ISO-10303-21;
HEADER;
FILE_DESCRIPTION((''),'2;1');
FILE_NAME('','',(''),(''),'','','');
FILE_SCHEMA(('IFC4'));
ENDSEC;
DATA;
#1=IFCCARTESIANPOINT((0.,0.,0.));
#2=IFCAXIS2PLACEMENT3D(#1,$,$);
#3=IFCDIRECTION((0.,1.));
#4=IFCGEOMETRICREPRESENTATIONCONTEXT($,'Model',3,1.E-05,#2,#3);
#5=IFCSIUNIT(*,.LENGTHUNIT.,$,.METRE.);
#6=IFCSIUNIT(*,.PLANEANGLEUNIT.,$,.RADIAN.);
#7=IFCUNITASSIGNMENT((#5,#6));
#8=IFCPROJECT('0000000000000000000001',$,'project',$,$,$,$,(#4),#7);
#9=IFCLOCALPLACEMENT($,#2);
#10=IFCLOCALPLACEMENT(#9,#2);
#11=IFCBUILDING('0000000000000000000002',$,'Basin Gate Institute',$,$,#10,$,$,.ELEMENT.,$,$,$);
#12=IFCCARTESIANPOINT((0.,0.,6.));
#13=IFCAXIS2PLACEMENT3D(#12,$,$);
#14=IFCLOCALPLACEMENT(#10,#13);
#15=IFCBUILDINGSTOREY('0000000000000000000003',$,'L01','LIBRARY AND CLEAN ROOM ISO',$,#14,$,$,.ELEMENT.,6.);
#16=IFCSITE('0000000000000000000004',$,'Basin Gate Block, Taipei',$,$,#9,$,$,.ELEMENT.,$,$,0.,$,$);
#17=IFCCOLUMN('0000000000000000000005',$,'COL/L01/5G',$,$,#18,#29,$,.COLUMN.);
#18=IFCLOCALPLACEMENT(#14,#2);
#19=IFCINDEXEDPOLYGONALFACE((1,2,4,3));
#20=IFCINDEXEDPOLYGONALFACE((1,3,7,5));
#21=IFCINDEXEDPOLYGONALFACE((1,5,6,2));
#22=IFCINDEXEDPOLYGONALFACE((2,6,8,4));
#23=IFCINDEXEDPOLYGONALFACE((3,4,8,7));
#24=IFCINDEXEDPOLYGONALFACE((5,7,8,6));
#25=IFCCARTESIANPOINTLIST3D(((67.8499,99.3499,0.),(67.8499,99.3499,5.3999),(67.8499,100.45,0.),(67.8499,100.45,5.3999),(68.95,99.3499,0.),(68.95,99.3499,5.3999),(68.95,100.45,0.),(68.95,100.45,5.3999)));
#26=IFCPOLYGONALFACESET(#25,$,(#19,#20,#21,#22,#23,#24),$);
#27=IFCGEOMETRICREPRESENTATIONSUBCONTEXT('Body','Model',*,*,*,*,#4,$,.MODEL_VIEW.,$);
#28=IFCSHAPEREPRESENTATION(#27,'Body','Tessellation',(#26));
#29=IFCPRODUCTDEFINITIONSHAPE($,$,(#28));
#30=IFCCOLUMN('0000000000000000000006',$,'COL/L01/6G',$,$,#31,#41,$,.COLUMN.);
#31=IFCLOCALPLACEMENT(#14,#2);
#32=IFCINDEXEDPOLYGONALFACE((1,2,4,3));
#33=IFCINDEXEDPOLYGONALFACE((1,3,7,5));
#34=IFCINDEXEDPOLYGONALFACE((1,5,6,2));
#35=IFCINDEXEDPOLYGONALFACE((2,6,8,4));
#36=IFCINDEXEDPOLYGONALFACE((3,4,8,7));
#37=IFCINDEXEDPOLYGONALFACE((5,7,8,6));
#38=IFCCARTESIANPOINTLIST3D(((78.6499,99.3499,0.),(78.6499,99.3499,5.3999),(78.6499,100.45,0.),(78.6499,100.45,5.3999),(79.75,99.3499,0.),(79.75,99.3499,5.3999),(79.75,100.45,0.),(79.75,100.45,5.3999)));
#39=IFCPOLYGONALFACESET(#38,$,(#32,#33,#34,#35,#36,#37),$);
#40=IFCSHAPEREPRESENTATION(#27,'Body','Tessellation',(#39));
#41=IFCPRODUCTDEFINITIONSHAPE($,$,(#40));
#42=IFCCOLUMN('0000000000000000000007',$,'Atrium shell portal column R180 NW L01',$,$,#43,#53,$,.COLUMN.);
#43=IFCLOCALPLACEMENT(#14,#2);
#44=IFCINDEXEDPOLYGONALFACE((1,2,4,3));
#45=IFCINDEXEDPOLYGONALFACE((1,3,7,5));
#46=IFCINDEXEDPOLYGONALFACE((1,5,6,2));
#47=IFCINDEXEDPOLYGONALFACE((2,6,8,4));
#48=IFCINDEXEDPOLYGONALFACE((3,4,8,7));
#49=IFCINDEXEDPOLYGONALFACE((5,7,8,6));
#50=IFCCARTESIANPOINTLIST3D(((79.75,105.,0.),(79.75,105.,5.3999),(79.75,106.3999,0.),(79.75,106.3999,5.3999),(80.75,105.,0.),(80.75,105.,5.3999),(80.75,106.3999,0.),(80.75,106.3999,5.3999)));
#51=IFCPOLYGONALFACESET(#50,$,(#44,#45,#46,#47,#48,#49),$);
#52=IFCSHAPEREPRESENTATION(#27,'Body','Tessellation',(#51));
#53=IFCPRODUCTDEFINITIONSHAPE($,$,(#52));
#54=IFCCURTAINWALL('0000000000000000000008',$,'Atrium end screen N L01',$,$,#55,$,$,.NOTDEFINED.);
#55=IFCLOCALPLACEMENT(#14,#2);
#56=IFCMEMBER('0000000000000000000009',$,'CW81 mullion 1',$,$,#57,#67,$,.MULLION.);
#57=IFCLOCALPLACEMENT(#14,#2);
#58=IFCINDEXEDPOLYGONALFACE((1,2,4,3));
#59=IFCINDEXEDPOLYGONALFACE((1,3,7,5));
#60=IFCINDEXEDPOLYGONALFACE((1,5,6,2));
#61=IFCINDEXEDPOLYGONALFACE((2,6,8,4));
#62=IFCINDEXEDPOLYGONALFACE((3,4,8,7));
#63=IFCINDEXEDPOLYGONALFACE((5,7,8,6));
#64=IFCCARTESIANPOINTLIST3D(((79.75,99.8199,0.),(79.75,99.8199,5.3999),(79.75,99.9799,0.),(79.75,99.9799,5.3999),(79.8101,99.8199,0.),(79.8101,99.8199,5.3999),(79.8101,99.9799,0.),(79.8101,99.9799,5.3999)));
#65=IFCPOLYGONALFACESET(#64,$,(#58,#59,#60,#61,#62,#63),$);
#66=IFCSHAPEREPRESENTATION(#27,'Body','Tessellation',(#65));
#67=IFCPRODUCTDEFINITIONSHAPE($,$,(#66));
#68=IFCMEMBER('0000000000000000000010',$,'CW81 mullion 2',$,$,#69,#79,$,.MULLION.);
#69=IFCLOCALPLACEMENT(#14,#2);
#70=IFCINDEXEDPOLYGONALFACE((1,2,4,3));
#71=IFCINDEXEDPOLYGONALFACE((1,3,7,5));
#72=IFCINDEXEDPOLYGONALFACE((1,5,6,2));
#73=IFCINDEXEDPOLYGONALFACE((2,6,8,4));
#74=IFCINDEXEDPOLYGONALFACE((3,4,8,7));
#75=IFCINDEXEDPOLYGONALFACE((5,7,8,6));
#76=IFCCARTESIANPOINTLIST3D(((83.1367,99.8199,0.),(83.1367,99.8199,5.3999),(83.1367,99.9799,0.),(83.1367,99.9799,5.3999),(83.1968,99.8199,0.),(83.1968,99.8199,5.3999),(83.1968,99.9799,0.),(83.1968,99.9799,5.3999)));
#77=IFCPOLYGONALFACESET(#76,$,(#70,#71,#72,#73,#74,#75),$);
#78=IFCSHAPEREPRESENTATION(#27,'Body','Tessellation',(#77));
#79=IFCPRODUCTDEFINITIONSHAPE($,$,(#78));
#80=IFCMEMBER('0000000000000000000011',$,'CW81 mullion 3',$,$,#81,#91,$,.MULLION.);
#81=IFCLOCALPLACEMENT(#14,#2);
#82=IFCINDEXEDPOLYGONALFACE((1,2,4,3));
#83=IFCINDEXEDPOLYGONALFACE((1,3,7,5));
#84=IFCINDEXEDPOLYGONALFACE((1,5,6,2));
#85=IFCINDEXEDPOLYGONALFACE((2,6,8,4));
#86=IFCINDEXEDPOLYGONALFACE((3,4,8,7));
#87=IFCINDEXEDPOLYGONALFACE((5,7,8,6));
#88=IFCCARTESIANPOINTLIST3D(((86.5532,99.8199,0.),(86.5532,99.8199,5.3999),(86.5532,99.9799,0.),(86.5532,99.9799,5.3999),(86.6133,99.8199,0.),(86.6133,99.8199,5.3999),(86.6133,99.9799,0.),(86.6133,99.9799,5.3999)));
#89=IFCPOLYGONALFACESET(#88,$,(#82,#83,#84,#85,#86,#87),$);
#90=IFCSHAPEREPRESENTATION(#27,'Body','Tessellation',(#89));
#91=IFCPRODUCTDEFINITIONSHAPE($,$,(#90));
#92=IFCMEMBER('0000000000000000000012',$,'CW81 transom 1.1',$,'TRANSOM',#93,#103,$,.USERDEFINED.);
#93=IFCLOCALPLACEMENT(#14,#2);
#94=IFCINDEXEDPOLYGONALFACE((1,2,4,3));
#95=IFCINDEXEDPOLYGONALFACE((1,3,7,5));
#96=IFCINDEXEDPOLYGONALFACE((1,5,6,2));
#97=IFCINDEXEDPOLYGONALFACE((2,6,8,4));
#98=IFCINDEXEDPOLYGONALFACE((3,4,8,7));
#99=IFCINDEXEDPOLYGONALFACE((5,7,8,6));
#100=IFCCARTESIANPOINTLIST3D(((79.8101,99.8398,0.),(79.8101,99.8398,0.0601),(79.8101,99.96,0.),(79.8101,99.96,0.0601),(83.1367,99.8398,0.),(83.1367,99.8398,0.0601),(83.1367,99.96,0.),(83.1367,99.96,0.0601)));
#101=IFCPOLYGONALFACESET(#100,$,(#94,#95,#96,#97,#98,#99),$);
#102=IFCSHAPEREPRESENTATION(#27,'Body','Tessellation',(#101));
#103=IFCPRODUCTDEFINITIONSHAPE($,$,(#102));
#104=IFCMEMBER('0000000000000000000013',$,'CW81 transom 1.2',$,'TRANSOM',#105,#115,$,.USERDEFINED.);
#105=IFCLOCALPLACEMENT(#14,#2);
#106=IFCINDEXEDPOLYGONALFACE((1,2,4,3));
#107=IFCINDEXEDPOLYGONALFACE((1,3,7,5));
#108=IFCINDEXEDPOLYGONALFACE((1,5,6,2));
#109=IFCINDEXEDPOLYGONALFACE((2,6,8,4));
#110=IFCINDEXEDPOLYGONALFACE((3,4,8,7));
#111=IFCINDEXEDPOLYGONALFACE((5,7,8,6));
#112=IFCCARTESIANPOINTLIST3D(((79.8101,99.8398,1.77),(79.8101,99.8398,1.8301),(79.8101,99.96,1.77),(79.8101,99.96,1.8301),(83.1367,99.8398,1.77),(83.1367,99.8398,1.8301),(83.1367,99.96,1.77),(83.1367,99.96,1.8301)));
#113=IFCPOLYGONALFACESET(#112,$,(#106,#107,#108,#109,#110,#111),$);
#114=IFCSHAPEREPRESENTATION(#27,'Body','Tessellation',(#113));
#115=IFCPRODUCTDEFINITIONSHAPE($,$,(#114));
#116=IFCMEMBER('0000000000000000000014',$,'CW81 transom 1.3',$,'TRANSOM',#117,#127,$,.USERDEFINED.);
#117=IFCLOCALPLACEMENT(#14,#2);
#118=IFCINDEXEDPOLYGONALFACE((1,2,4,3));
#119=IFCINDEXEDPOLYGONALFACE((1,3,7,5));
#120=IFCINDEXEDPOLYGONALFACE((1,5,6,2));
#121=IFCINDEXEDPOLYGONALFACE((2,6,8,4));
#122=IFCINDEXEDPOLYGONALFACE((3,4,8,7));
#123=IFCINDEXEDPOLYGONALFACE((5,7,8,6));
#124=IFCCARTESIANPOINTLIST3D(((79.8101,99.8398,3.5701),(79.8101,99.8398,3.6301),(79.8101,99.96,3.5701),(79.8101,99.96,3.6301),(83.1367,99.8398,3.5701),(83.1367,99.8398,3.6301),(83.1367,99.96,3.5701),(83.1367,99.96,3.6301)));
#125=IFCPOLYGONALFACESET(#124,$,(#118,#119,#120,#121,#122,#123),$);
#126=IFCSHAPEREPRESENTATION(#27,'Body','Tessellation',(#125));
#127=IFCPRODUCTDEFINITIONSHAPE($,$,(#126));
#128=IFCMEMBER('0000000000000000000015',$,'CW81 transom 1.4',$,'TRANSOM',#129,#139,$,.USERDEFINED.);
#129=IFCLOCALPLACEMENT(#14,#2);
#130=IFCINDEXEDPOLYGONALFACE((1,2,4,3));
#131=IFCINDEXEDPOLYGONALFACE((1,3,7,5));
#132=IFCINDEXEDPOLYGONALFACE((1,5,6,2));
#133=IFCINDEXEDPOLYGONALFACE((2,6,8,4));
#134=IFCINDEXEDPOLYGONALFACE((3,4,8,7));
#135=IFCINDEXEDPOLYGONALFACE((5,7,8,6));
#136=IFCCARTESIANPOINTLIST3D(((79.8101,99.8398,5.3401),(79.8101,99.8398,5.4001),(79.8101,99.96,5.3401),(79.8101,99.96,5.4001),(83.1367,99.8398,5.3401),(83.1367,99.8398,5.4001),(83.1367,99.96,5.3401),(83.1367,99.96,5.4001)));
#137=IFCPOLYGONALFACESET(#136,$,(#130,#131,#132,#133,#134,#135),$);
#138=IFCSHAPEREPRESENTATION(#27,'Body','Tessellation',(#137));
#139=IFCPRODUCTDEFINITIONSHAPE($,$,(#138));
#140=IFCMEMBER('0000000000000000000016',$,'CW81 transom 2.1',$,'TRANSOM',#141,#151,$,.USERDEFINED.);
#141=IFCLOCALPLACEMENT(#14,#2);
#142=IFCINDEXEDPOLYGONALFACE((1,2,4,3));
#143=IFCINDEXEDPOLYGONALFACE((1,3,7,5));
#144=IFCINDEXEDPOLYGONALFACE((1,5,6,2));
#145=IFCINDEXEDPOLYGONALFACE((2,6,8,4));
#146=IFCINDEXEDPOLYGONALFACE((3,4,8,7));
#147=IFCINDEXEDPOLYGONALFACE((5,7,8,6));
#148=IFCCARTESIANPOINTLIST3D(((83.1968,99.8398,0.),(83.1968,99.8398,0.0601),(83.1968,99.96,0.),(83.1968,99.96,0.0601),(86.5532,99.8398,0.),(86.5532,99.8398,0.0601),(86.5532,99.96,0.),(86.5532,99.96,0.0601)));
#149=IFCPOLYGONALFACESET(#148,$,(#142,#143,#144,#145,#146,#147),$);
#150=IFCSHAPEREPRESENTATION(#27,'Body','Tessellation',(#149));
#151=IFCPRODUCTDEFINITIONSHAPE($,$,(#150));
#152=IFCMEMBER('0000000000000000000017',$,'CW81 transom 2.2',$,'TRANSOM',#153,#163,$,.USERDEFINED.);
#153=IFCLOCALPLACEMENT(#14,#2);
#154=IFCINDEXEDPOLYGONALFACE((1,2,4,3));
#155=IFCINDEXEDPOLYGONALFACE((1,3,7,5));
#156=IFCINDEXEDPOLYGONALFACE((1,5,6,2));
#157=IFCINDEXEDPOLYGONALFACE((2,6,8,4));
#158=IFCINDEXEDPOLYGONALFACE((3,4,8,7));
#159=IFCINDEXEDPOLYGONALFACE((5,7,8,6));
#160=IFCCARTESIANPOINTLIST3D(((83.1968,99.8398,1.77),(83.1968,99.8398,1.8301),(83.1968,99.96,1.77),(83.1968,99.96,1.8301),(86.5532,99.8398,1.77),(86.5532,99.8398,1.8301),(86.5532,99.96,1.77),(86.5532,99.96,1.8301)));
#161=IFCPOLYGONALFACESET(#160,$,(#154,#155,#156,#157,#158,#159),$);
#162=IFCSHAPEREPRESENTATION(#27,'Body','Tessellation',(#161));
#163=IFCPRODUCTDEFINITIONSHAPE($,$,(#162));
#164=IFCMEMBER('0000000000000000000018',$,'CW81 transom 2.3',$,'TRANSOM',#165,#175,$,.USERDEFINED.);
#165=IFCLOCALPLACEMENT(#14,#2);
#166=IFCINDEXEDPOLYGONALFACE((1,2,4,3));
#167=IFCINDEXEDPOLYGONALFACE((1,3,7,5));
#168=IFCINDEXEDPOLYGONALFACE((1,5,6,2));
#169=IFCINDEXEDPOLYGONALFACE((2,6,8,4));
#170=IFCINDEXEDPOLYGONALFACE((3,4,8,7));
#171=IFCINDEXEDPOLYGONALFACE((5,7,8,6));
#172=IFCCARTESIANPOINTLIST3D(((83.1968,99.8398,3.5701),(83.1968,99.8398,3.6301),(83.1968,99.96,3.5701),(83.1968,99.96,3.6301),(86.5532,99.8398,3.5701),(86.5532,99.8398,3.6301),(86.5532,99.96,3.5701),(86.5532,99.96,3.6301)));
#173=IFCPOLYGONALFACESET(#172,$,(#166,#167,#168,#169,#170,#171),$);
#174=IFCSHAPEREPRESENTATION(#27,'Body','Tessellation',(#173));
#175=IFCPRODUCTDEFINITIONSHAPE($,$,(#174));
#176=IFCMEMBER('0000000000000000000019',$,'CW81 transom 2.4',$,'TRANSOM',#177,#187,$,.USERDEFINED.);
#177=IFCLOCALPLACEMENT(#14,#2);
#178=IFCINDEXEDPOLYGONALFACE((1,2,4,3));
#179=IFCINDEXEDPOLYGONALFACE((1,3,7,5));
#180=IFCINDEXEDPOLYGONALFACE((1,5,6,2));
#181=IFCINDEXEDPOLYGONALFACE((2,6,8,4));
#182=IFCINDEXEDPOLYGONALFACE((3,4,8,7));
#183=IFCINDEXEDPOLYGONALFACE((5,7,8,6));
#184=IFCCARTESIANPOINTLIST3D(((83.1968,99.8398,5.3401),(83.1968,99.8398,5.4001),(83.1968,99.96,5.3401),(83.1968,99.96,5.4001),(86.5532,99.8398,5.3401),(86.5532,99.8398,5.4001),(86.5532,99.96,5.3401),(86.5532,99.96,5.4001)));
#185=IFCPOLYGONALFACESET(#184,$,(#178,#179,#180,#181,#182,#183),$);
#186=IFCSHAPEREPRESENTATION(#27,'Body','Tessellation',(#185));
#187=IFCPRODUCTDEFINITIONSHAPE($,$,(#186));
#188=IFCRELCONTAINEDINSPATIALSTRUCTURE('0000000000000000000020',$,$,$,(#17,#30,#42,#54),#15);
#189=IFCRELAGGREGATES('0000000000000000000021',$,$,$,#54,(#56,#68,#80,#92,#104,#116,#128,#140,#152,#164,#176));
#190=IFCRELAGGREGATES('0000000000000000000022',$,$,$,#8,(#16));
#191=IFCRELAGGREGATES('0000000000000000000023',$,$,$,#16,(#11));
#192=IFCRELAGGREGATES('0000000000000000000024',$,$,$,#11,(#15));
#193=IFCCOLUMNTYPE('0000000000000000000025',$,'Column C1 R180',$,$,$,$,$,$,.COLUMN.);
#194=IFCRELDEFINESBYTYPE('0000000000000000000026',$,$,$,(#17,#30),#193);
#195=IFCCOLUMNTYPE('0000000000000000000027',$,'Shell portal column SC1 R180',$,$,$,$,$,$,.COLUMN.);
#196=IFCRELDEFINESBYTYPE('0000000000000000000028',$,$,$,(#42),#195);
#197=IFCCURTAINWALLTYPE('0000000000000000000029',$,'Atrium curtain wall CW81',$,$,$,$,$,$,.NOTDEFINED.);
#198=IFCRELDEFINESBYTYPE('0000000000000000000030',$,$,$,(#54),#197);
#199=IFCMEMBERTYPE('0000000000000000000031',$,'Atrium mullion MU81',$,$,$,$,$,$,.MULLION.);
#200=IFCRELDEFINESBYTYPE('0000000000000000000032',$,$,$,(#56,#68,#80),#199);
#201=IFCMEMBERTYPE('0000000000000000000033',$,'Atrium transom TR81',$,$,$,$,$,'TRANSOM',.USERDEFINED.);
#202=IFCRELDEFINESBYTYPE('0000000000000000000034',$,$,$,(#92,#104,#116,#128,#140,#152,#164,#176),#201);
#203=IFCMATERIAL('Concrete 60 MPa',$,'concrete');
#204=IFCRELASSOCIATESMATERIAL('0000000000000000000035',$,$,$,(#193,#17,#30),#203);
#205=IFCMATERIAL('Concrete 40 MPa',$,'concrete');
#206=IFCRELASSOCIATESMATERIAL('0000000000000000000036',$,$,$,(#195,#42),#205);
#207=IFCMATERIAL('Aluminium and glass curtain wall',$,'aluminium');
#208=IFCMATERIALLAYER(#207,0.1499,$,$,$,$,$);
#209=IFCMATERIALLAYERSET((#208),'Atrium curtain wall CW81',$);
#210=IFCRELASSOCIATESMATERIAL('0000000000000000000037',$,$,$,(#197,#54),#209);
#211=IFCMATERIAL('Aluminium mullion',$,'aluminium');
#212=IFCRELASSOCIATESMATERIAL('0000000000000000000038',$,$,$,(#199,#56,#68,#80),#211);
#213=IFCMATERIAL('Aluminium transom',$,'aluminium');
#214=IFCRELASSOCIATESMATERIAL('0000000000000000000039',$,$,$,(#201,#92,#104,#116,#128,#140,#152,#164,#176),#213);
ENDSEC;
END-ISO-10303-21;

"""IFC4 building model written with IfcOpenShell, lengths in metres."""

from ifc_helpers import new_model, si_unit, direction, frame, origin, origin_2d, place, context, subcontext, project, spatial, rectangle, extrude, material, layer, layer_set, material_profile, profile_set, type_object, element, aggregate, save


model = new_model("IFC4")

# Units and contexts
model_context = context("Model", 3, precision=1e-05, world=origin(), true_north=direction((0.0, 1.0)))
body_context = subcontext(model_context, "Body", "Model", "MODEL_VIEW")
ifc_project = project(units=[si_unit("LENGTHUNIT", "METRE"), si_unit("PLANEANGLEUNIT", "RADIAN")], contexts=[model_context])

# Site, building, storey
site_placement = place(None, origin())
site = spatial("IfcSite", under=ifc_project, at=site_placement, Name="Basin Gate Block, Taipei", CompositionType="ELEMENT", RefElevation=0.0)
building_placement = place(site_placement, origin())
building = spatial("IfcBuilding", under=site, at=building_placement, Name="Basin Gate Institute", CompositionType="ELEMENT")
storey_placement = place(building_placement, frame((0.0, 0.0, 6.0)))
storey = spatial("IfcBuildingStorey", under=building, at=storey_placement, Name="L01", Description="LIBRARY AND CLEAN ROOM ISO", CompositionType="ELEMENT", Elevation=6.0)

# Columns
ifc_material_1 = material(Name="Concrete 60 MPa", Category="concrete")
ifc_material_profile_1 = material_profile(ifc_material_1, rectangle(XDim=1.1001, YDim=1.1001, at=origin_2d()), Name="Column C1 1100 x 1100")
ifc_profile_set_1 = profile_set([ifc_material_profile_1], Name="Concrete 60 MPa")
column_type_1 = type_object("IfcColumnType", Name="Column C1 R180", PredefinedType="COLUMN", material=ifc_profile_set_1)
for number, where, z_axis, x_axis, name in (
    (1, (68.3999, 99.8999, 0.0), (0.0, 0.0, 1.0), (1.0, 0.0, 0.0), "COL/L01/5G"),
    (2, (79.2, 99.8999, 0.0), (0.0, 0.0, 1.0), (1.0, 0.0, 0.0), "COL/L01/6G"),
):
    element("IfcColumn", number, at=place(storey_placement, frame(where, z_axis=z_axis, x_axis=x_axis)), inside=storey, type_object=column_type_1, material=ifc_profile_set_1, Name=name, PredefinedType="COLUMN", context=body_context, shape_type="SweptSolid", body=[
        extrude(rectangle(XDim=1.1001, YDim=1.1001, at=origin_2d()), origin(), (0.0, 0.0, 1.0), 5.3999),
    ])
ifc_material_2 = material(Name="Concrete 40 MPa", Category="concrete")
ifc_material_profile_2 = material_profile(ifc_material_2, rectangle(XDim=1.0, YDim=1.3999, at=origin_2d()), Name="Shell portal column SC1 1000 x 1400")
ifc_profile_set_2 = profile_set([ifc_material_profile_2], Name="Concrete 40 MPa")
column_type_2 = type_object("IfcColumnType", Name="Shell portal column SC1 R180", PredefinedType="COLUMN", material=ifc_profile_set_2)
column_placement = place(storey_placement, frame((80.25, 105.7, 0.0), z_axis=(0.0, 0.0, 1.0), x_axis=(1.0, 0.0, 0.0)))
element("IfcColumn", 3, at=column_placement, inside=storey, type_object=column_type_2, material=ifc_profile_set_2, Name="Atrium shell portal column R180 NW L01", PredefinedType="COLUMN", context=body_context, shape_type="SweptSolid", body=[
    extrude(rectangle(XDim=1.0, YDim=1.3999, at=origin_2d()), origin(), (0.0, 0.0, 1.0), 5.3999),
])

# Curtain wall, members
ifc_material_3 = material(Name="Aluminium and glass curtain wall", Category="aluminium")
ifc_layer_1 = layer(ifc_material_3, 0.1499)
ifc_layer_set_1 = layer_set([ifc_layer_1], Name="Atrium curtain wall CW81")
curtain_wall_type = type_object("IfcCurtainWallType", Name="Atrium curtain wall CW81", PredefinedType="NOTDEFINED", material=ifc_layer_set_1)
curtain_wall_placement = place(storey_placement, origin())
curtain_wall = element("IfcCurtainWall", 4, at=curtain_wall_placement, inside=storey, type_object=curtain_wall_type, material=ifc_layer_set_1, Name="Atrium end screen N L01", PredefinedType="NOTDEFINED")
ifc_material_4 = material(Name="Aluminium mullion", Category="aluminium")
ifc_material_profile_3 = material_profile(ifc_material_4, rectangle(XDim=0.1599, YDim=0.0601, at=origin_2d()), Name="Atrium mullion MU81 160 x 60")
ifc_profile_set_3 = profile_set([ifc_material_profile_3], Name="Aluminium mullion")
member_type_1 = type_object("IfcMemberType", Name="Atrium mullion MU81", PredefinedType="MULLION", material=ifc_profile_set_3)
member_1_placement = place(storey_placement, frame((79.78, 99.8999, 0.0), z_axis=(0.0, 0.0, 1.0), x_axis=(0.0, 1.0, 0.0)))
member_1 = element("IfcMember", 5, at=member_1_placement, type_object=member_type_1, material=ifc_profile_set_3, Name="CW81 mullion 1", PredefinedType="MULLION", context=body_context, shape_type="SweptSolid", body=[
    extrude(rectangle(XDim=0.1599, YDim=0.0601, at=origin_2d()), origin(), (0.0, 0.0, 1.0), 5.3999),
])
member_2_placement = place(storey_placement, frame((83.1667, 99.8999, 0.0), z_axis=(0.0, 0.0, 1.0), x_axis=(0.0, 1.0, 0.0)))
member_2 = element("IfcMember", 6, at=member_2_placement, type_object=member_type_1, material=ifc_profile_set_3, Name="CW81 mullion 2", PredefinedType="MULLION", context=body_context, shape_type="SweptSolid", body=[
    extrude(rectangle(XDim=0.1599, YDim=0.0601, at=origin_2d()), origin(), (0.0, 0.0, 1.0), 5.3999),
])
member_3_placement = place(storey_placement, frame((86.5833, 99.8999, 0.0), z_axis=(0.0, 0.0, 1.0), x_axis=(0.0, 1.0, 0.0)))
member_3 = element("IfcMember", 7, at=member_3_placement, type_object=member_type_1, material=ifc_profile_set_3, Name="CW81 mullion 3", PredefinedType="MULLION", context=body_context, shape_type="SweptSolid", body=[
    extrude(rectangle(XDim=0.1599, YDim=0.0601, at=origin_2d()), origin(), (0.0, 0.0, 1.0), 5.3999),
])
ifc_material_5 = material(Name="Aluminium transom", Category="aluminium")
ifc_material_profile_4 = material_profile(ifc_material_5, rectangle(XDim=0.1201, YDim=0.0601, at=origin_2d()), Name="Atrium transom TR81 120 x 60")
ifc_profile_set_4 = profile_set([ifc_material_profile_4], Name="Aluminium transom")
member_type_2 = type_object("IfcMemberType", Name="Atrium transom TR81", ElementType="TRANSOM", PredefinedType="USERDEFINED", material=ifc_profile_set_4)
member_4_placement = place(storey_placement, frame((79.8101, 99.8999, 0.03), z_axis=(1.0, 0.0, 0.0), x_axis=(0.0, 1.0, 0.0)))
member_4 = element("IfcMember", 8, at=member_4_placement, type_object=member_type_2, material=ifc_profile_set_4, Name="CW81 transom 1.1", ObjectType="TRANSOM", PredefinedType="USERDEFINED", context=body_context, shape_type="SweptSolid", body=[
    extrude(rectangle(XDim=0.1201, YDim=0.0601, at=origin_2d()), origin(), (0.0, 0.0, 1.0), 3.3267),
])
member_5_placement = place(storey_placement, frame((79.8101, 99.8999, 1.8), z_axis=(1.0, 0.0, 0.0), x_axis=(0.0, 1.0, 0.0)))
member_5 = element("IfcMember", 9, at=member_5_placement, type_object=member_type_2, material=ifc_profile_set_4, Name="CW81 transom 1.2", ObjectType="TRANSOM", PredefinedType="USERDEFINED", context=body_context, shape_type="SweptSolid", body=[
    extrude(rectangle(XDim=0.1201, YDim=0.0601, at=origin_2d()), origin(), (0.0, 0.0, 1.0), 3.3267),
])
member_6_placement = place(storey_placement, frame((79.8101, 99.8999, 3.6001), z_axis=(1.0, 0.0, 0.0), x_axis=(0.0, 1.0, 0.0)))
member_6 = element("IfcMember", 10, at=member_6_placement, type_object=member_type_2, material=ifc_profile_set_4, Name="CW81 transom 1.3", ObjectType="TRANSOM", PredefinedType="USERDEFINED", context=body_context, shape_type="SweptSolid", body=[
    extrude(rectangle(XDim=0.1201, YDim=0.0601, at=origin_2d()), origin(), (0.0, 0.0, 1.0), 3.3267),
])
member_7_placement = place(storey_placement, frame((79.8101, 99.8999, 5.3701), z_axis=(1.0, 0.0, 0.0), x_axis=(0.0, 1.0, 0.0)))
member_7 = element("IfcMember", 11, at=member_7_placement, type_object=member_type_2, material=ifc_profile_set_4, Name="CW81 transom 1.4", ObjectType="TRANSOM", PredefinedType="USERDEFINED", context=body_context, shape_type="SweptSolid", body=[
    extrude(rectangle(XDim=0.1201, YDim=0.0601, at=origin_2d()), origin(), (0.0, 0.0, 1.0), 3.3267),
])
member_8_placement = place(storey_placement, frame((83.1968, 99.8999, 0.03), z_axis=(1.0, 0.0, 0.0), x_axis=(0.0, 1.0, 0.0)))
member_8 = element("IfcMember", 12, at=member_8_placement, type_object=member_type_2, material=ifc_profile_set_4, Name="CW81 transom 2.1", ObjectType="TRANSOM", PredefinedType="USERDEFINED", context=body_context, shape_type="SweptSolid", body=[
    extrude(rectangle(XDim=0.1201, YDim=0.0601, at=origin_2d()), origin(), (0.0, 0.0, 1.0), 3.3564),
])
member_9_placement = place(storey_placement, frame((83.1968, 99.8999, 1.8), z_axis=(1.0, 0.0, 0.0), x_axis=(0.0, 1.0, 0.0)))
member_9 = element("IfcMember", 13, at=member_9_placement, type_object=member_type_2, material=ifc_profile_set_4, Name="CW81 transom 2.2", ObjectType="TRANSOM", PredefinedType="USERDEFINED", context=body_context, shape_type="SweptSolid", body=[
    extrude(rectangle(XDim=0.1201, YDim=0.0601, at=origin_2d()), origin(), (0.0, 0.0, 1.0), 3.3564),
])
member_10_placement = place(storey_placement, frame((83.1968, 99.8999, 3.6001), z_axis=(1.0, 0.0, 0.0), x_axis=(0.0, 1.0, 0.0)))
member_10 = element("IfcMember", 14, at=member_10_placement, type_object=member_type_2, material=ifc_profile_set_4, Name="CW81 transom 2.3", ObjectType="TRANSOM", PredefinedType="USERDEFINED", context=body_context, shape_type="SweptSolid", body=[
    extrude(rectangle(XDim=0.1201, YDim=0.0601, at=origin_2d()), origin(), (0.0, 0.0, 1.0), 3.3564),
])
member_11_placement = place(storey_placement, frame((83.1968, 99.8999, 5.3701), z_axis=(1.0, 0.0, 0.0), x_axis=(0.0, 1.0, 0.0)))
member_11 = element("IfcMember", 15, at=member_11_placement, type_object=member_type_2, material=ifc_profile_set_4, Name="CW81 transom 2.4", ObjectType="TRANSOM", PredefinedType="USERDEFINED", context=body_context, shape_type="SweptSolid", body=[
    extrude(rectangle(XDim=0.1201, YDim=0.0601, at=origin_2d()), origin(), (0.0, 0.0, 1.0), 3.3564),
])

aggregate(curtain_wall, [member_1, member_2, member_3, member_4, member_5, member_6, member_7, member_8, member_9, member_10, member_11])

save(model, "model.ifc")
